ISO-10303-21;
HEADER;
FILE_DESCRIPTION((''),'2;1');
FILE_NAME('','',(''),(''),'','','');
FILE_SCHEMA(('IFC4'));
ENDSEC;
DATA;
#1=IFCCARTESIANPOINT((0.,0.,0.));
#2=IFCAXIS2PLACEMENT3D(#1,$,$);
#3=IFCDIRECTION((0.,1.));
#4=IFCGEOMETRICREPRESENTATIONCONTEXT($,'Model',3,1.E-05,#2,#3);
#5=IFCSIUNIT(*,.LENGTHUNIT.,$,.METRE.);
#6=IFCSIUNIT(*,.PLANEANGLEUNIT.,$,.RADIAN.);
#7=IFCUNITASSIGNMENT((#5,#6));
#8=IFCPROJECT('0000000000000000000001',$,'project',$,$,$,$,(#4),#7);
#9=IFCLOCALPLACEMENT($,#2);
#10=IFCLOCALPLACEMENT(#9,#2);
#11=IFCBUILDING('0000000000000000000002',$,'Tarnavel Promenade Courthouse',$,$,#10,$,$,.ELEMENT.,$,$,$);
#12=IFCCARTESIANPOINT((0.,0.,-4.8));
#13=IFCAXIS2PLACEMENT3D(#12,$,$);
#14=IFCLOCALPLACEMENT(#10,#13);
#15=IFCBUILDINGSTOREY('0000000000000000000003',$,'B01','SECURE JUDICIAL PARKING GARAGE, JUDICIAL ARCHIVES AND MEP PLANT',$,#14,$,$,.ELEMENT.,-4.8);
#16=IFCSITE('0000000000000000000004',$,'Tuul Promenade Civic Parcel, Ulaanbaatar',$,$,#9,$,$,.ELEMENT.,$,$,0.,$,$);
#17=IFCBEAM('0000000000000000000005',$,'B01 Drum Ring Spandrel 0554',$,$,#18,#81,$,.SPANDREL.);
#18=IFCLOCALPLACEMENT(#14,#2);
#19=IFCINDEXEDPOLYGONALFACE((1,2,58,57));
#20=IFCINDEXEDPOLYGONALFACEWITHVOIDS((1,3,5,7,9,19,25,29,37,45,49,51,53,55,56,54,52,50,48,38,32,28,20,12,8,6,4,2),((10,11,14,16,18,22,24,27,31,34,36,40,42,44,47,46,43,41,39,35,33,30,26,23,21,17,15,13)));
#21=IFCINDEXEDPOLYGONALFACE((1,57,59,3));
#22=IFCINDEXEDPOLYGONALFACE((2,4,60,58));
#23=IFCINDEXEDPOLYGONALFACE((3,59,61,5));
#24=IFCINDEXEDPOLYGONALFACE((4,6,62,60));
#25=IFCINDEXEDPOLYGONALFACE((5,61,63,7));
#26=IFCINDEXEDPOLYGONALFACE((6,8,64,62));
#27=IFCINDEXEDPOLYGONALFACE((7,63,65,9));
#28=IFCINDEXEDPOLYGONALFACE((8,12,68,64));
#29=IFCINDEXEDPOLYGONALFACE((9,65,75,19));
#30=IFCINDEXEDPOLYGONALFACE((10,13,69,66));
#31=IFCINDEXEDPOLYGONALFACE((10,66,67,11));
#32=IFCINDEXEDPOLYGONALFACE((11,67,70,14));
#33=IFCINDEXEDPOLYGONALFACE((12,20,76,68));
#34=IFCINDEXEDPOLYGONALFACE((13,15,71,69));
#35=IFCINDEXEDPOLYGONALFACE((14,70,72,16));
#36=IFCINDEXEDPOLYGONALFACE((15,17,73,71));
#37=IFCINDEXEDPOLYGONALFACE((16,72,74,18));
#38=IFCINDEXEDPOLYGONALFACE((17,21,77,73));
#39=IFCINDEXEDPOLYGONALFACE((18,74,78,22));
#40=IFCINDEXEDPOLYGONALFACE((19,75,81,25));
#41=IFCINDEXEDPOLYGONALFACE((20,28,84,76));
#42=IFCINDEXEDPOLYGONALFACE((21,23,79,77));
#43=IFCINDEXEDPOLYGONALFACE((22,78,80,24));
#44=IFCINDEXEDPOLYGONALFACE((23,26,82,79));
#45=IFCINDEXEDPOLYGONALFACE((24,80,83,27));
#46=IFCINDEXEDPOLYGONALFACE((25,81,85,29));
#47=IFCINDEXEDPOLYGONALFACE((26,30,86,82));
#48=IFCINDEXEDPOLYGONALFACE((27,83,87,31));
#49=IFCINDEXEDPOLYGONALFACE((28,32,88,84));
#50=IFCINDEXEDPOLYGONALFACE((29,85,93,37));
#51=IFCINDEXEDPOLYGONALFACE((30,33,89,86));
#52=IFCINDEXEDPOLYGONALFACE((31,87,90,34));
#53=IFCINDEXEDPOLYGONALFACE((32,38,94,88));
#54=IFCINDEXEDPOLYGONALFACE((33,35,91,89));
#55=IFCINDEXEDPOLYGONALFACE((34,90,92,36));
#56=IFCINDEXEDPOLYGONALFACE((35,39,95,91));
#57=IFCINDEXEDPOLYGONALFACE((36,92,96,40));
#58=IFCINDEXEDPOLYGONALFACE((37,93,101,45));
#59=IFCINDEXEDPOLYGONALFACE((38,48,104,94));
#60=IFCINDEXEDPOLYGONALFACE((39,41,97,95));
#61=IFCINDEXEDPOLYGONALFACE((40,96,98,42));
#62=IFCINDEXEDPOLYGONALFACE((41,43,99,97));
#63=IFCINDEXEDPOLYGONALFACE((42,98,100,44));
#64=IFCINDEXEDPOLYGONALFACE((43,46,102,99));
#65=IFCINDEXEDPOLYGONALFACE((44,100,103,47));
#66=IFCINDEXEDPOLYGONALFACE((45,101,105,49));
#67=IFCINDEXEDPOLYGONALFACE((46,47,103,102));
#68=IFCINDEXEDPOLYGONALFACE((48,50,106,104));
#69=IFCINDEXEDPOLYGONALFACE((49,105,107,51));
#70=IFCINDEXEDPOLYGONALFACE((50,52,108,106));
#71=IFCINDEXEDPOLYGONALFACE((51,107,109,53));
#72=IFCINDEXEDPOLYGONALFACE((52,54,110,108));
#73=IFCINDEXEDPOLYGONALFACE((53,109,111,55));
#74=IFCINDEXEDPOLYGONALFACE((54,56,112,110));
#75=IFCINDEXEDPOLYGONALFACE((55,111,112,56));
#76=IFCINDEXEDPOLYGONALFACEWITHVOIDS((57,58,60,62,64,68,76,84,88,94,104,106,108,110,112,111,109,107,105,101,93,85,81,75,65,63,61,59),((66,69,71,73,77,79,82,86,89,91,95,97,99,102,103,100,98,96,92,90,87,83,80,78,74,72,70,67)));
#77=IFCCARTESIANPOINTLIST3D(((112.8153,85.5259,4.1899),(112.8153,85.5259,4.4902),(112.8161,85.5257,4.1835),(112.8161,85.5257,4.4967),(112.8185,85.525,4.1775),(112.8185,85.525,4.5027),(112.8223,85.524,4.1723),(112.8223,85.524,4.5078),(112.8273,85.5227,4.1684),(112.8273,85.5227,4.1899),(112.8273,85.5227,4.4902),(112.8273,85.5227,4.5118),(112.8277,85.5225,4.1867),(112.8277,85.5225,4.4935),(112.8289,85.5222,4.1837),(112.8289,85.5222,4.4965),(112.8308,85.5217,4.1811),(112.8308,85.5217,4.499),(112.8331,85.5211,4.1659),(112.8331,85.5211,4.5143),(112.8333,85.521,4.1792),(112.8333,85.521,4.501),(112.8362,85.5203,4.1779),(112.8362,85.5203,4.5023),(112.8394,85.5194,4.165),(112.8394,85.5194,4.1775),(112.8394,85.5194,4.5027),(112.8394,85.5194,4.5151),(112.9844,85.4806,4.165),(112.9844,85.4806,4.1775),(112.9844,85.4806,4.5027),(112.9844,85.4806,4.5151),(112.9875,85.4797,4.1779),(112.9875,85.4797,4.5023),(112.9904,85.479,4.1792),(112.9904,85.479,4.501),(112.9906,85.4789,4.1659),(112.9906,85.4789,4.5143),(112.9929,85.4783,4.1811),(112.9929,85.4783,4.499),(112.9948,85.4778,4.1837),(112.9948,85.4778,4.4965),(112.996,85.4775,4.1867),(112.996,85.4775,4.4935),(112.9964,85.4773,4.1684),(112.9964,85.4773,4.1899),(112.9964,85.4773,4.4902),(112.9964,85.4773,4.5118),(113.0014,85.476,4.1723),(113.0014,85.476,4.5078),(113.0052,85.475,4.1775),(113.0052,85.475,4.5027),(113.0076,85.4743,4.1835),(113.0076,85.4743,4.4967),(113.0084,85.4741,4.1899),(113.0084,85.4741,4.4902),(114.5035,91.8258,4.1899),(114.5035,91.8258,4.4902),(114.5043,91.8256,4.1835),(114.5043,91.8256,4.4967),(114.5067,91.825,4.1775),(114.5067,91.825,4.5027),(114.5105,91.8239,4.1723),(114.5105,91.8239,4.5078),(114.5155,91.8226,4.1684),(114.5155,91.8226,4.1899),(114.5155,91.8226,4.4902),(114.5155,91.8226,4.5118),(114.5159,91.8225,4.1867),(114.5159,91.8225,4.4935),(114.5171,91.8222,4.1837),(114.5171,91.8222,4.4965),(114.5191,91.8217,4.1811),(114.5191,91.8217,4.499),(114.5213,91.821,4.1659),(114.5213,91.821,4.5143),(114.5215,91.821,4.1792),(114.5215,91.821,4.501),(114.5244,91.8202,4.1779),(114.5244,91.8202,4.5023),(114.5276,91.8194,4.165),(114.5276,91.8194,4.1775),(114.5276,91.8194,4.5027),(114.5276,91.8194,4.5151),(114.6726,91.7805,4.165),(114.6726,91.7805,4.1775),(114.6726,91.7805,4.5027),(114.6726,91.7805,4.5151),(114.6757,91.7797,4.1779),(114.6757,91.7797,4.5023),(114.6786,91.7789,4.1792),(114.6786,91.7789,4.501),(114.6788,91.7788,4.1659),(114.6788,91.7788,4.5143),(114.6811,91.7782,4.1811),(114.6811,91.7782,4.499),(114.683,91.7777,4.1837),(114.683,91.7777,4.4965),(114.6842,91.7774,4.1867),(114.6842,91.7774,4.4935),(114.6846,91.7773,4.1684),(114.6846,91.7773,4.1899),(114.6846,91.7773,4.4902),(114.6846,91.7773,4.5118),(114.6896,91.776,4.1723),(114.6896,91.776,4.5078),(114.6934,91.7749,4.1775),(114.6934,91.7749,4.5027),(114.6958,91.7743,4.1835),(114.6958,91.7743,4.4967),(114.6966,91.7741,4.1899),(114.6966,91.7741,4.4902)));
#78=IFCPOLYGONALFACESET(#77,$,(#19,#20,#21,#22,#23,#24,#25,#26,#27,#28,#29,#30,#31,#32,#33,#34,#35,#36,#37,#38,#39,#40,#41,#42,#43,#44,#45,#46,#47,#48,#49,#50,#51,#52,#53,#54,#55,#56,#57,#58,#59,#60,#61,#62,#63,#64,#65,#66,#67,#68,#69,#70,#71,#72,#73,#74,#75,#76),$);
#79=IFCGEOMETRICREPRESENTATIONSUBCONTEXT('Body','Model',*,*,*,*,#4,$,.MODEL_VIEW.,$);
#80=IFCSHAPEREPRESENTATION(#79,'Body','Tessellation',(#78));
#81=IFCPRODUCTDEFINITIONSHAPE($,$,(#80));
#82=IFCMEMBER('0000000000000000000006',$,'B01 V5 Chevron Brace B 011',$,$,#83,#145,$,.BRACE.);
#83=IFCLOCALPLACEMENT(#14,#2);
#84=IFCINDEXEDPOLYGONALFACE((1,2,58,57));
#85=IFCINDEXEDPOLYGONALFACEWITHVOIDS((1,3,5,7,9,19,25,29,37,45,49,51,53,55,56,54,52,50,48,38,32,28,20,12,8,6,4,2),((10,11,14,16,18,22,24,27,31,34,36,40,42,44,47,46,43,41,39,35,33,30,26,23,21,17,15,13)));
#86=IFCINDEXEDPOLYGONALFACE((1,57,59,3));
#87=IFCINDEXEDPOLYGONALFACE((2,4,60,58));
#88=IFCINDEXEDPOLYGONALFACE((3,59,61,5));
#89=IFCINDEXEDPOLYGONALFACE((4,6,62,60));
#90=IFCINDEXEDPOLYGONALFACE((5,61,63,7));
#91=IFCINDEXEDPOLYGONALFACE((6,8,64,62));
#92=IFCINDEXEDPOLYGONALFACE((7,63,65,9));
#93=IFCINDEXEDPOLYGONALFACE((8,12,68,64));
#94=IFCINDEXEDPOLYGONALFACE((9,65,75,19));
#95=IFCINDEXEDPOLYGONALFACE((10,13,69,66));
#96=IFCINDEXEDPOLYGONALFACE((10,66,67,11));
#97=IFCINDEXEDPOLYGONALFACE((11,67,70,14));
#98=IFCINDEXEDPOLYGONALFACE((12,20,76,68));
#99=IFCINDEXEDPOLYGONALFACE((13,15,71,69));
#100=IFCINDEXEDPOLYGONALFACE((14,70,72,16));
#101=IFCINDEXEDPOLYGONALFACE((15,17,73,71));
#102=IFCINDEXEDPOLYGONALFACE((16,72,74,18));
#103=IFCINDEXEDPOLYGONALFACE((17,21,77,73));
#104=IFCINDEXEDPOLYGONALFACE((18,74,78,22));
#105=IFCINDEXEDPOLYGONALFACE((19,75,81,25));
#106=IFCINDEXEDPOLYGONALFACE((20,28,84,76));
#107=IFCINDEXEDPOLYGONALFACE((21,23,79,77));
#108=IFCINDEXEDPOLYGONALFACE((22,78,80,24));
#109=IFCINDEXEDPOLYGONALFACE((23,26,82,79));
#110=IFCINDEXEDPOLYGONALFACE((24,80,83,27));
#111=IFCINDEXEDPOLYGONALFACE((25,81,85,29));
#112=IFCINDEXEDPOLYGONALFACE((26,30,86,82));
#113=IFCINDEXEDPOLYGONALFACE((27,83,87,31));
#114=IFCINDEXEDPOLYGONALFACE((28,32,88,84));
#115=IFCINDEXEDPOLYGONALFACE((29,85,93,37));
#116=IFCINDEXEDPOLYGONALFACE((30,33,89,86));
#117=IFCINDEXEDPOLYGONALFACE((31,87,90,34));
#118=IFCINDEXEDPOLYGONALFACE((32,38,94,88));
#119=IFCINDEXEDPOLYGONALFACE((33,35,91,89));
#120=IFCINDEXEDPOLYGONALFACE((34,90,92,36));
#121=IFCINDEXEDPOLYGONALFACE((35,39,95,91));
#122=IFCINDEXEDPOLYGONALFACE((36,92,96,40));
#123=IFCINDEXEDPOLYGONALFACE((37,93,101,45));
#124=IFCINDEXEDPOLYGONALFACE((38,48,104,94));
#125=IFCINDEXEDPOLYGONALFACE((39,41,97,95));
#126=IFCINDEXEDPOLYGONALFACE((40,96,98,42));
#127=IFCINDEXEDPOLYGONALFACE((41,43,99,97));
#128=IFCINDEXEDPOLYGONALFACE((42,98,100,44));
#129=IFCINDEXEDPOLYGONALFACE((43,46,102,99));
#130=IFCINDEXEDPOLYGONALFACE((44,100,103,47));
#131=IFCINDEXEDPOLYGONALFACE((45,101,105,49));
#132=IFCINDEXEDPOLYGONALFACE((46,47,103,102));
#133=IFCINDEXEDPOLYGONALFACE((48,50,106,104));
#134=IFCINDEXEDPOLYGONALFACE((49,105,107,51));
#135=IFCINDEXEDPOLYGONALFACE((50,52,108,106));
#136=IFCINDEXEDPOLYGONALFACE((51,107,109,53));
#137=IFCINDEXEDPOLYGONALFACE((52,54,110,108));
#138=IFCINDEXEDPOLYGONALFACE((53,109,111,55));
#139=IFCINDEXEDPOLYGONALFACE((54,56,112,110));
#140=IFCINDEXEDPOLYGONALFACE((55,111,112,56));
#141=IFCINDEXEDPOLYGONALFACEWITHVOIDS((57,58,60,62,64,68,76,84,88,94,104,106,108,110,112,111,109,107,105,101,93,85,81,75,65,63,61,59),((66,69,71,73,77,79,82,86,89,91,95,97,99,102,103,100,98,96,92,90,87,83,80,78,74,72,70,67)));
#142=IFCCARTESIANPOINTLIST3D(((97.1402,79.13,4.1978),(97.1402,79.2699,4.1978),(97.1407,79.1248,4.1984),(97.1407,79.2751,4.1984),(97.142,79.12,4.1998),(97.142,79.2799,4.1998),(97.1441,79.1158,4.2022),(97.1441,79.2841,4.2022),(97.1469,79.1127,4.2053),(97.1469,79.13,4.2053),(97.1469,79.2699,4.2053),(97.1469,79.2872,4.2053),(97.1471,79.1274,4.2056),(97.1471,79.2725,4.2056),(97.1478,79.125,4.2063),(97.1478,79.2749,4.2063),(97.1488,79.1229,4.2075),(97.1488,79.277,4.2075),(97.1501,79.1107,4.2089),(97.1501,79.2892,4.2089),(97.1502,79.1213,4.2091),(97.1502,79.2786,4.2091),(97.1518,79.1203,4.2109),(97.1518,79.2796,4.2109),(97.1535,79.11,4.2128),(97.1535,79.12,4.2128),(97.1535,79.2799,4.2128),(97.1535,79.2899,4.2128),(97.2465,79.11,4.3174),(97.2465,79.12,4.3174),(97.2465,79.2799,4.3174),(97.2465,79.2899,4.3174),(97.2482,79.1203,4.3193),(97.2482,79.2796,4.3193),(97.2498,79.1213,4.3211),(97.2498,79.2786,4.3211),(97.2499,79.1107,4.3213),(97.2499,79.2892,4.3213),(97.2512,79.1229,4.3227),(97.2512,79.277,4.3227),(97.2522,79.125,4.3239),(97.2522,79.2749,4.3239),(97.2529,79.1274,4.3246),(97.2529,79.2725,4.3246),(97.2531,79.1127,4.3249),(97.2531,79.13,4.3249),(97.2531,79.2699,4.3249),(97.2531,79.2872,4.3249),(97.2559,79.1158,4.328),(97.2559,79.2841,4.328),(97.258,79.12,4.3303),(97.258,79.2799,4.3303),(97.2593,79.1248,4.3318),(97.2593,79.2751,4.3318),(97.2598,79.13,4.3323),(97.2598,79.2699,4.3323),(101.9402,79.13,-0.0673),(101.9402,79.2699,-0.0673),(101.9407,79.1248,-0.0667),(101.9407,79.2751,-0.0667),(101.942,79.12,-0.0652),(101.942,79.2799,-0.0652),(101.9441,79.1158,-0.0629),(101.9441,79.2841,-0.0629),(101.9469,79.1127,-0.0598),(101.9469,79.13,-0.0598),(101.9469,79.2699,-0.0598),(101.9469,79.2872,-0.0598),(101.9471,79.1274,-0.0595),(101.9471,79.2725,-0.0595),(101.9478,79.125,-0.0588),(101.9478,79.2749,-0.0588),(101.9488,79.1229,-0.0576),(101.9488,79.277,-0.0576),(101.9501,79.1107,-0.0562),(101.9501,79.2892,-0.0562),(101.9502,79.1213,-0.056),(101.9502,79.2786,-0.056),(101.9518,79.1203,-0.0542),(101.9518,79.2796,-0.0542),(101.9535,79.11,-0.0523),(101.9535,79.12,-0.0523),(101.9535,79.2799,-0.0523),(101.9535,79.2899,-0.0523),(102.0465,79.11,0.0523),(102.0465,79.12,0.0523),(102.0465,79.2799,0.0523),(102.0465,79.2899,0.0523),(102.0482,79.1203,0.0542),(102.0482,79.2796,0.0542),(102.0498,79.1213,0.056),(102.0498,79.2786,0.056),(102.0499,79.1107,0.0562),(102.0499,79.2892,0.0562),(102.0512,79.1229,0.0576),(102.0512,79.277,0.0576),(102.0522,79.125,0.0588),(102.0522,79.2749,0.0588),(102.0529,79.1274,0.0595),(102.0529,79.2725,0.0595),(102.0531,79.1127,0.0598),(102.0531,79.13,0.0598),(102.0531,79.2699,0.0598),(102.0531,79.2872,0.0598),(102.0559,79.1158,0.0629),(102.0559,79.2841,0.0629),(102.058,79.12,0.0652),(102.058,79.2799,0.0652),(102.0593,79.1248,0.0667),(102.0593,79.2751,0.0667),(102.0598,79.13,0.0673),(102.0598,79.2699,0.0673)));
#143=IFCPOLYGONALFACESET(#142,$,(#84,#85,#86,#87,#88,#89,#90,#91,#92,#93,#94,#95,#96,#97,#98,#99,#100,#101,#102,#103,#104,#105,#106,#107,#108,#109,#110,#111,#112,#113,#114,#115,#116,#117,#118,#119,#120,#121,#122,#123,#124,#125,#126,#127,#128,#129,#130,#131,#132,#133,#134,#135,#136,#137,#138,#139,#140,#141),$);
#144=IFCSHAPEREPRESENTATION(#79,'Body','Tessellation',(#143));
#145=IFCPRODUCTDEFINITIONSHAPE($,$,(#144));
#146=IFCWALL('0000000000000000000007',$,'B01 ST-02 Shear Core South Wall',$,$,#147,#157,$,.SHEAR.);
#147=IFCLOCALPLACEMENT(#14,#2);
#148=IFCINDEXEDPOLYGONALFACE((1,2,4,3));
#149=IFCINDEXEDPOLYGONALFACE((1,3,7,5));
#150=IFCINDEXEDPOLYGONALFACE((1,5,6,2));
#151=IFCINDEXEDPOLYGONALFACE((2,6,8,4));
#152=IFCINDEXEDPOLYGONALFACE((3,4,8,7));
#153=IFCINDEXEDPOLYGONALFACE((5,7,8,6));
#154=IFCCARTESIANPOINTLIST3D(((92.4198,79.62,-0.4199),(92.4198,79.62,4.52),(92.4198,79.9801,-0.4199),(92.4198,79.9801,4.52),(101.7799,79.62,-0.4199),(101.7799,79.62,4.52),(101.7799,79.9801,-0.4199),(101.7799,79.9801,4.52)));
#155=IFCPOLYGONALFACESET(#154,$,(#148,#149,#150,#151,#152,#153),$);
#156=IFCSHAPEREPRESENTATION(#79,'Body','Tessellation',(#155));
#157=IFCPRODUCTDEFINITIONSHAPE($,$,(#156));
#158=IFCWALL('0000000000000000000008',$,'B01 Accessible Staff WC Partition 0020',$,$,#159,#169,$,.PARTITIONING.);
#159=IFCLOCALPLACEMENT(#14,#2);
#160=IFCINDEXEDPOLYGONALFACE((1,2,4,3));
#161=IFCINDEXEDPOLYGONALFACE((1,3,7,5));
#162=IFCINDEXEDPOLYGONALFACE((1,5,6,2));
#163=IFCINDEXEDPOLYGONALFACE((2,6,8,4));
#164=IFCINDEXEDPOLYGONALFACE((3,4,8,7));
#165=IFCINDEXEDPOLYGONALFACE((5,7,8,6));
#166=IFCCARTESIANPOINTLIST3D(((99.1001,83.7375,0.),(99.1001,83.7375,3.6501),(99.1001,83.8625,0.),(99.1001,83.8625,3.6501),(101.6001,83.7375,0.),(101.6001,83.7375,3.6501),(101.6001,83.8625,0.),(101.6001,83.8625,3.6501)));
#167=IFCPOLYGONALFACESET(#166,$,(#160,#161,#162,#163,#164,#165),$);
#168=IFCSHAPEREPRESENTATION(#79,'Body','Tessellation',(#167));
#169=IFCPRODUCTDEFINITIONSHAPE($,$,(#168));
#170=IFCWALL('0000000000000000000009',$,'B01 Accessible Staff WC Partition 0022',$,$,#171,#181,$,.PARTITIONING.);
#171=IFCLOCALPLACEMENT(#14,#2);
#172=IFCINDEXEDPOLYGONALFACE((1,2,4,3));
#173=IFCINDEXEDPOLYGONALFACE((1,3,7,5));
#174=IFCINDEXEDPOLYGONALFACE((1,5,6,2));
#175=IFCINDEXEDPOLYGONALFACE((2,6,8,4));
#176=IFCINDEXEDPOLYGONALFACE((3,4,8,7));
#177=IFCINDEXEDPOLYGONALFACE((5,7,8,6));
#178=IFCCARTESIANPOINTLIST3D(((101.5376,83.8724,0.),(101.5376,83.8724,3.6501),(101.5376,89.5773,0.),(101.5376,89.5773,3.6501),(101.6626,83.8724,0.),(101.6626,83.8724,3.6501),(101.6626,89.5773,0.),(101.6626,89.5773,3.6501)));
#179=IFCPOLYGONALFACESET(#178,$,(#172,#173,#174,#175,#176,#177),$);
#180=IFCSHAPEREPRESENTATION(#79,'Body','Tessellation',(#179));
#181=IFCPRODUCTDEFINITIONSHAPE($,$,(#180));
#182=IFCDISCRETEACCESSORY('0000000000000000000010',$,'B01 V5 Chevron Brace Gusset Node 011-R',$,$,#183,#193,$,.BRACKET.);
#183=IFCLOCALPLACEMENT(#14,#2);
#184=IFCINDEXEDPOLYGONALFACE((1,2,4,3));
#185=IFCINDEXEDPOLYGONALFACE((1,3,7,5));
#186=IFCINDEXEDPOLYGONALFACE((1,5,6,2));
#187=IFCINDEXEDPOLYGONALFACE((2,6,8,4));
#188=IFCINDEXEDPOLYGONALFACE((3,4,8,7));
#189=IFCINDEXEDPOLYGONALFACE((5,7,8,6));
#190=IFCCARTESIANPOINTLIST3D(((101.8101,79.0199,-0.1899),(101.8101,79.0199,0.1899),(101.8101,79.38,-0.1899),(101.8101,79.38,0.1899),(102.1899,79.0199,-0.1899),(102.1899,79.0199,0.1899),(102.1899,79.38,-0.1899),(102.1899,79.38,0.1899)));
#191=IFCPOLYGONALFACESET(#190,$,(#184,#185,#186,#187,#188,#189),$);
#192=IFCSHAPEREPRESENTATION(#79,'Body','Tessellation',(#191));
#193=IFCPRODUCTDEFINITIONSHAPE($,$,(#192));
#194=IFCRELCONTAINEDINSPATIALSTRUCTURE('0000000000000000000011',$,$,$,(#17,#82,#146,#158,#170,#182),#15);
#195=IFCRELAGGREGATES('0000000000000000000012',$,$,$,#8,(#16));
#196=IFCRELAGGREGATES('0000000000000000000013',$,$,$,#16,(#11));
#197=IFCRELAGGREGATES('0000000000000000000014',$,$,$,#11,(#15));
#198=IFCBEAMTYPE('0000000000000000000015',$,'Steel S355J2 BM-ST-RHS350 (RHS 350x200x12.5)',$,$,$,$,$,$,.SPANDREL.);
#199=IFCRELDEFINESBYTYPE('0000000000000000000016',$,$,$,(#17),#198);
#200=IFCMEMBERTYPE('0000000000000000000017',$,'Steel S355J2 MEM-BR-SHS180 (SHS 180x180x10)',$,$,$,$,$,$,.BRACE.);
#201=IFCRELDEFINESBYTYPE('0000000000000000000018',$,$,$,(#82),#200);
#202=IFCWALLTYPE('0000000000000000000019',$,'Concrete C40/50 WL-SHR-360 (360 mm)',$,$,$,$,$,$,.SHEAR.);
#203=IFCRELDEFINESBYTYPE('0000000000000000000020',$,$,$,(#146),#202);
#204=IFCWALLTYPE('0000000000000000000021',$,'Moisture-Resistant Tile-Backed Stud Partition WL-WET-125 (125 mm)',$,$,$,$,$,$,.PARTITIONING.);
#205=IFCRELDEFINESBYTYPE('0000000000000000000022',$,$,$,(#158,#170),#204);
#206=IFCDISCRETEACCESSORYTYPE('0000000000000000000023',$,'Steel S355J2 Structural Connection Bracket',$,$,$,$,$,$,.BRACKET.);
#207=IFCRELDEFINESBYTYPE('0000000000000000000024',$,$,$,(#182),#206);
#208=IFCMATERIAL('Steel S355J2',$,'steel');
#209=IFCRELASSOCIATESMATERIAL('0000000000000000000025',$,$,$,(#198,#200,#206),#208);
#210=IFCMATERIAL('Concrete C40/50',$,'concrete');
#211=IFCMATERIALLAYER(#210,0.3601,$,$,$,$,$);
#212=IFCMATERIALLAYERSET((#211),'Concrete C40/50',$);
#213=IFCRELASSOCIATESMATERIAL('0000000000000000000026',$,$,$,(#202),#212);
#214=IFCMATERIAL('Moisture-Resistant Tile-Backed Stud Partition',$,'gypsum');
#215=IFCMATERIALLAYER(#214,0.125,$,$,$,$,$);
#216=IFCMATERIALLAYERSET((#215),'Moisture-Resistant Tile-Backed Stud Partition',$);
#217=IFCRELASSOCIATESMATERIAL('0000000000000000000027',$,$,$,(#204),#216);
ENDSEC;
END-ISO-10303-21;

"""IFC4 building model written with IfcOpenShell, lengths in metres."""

from ifc_helpers import new_model, si_unit, direction, frame, frame_2d, origin, origin_2d, place, context, subcontext, project, spatial, rectangle, hollow_rectangle, extrude, material, layer, layer_set, material_profile, profile_set, type_object, element, save


model = new_model("IFC4")

# Units and contexts
model_context = context("Model", 3, precision=1e-05, world=origin(), true_north=direction((0.0, 1.0)))
body_context = subcontext(model_context, "Body", "Model", "MODEL_VIEW")
ifc_project = project(units=[si_unit("LENGTHUNIT", "METRE"), si_unit("PLANEANGLEUNIT", "RADIAN")], contexts=[model_context])

# Site, building, storey
site_placement = place(None, origin())
site = spatial("IfcSite", under=ifc_project, at=site_placement, Name="Tuul Promenade Civic Parcel, Ulaanbaatar", CompositionType="ELEMENT", RefElevation=0.0)
building_placement = place(site_placement, origin())
building = spatial("IfcBuilding", under=site, at=building_placement, Name="Tarnavel Promenade Courthouse", CompositionType="ELEMENT")
storey_placement = place(building_placement, frame((0.0, 0.0, -4.8)))
storey = spatial("IfcBuildingStorey", under=building, at=storey_placement, Name="B01", Description="SECURE JUDICIAL PARKING GARAGE, JUDICIAL ARCHIVES AND MEP PLANT", CompositionType="ELEMENT", Elevation=-4.8)

# Shared definitions
ifc_material_1 = material(Name="Concrete C40/50", Category="concrete")

# Beam
ifc_material_2 = material(Name="Steel S355J2", Category="steel")
ifc_material_profile_1 = material_profile(ifc_material_2, hollow_rectangle(XDim=0.2, YDim=0.3501, WallThickness=0.0125, InnerFilletRadius=0.0125, OuterFilletRadius=0.0249, at=origin_2d()), Name="RHS 350x200x12.5")
ifc_profile_set_1 = profile_set([ifc_material_profile_1], Name="Steel S355J2")
beam_type_1 = type_object("IfcBeamType", Name="Steel S355J2 BM-ST-RHS350 (RHS 350x200x12.5)", PredefinedType="SPANDREL", material=ifc_profile_set_1)
beam_1_placement = place(storey_placement, frame((112.9119, 85.5, 4.3401), z_axis=(0.258839, 0.96592, 0.0), x_axis=(-0.96592, 0.258839, 0.0)))
element("IfcBeam", 1, at=beam_1_placement, inside=storey, type_object=beam_type_1, Name="B01 Drum Ring Spandrel 0554", PredefinedType="SPANDREL", context=body_context, shape_type="SweptSolid", body=[
    extrude(hollow_rectangle(XDim=0.2, YDim=0.3501, WallThickness=0.0125, InnerFilletRadius=0.0125, OuterFilletRadius=0.0249, at=origin_2d()), origin(), (0.0, 0.0, 1.0), 6.5222),
])

# Member
ifc_material_profile_2 = material_profile(ifc_material_2, hollow_rectangle(XDim=0.1799, YDim=0.1799, WallThickness=0.01, InnerFilletRadius=0.01, OuterFilletRadius=0.02, at=origin_2d()), Name="SHS 180x180x10")
ifc_profile_set_2 = profile_set([ifc_material_profile_2], Name="Steel S355J2")
member_type = type_object("IfcMemberType", Name="Steel S355J2 MEM-BR-SHS180 (SHS 180x180x10)", PredefinedType="BRACE", material=ifc_profile_set_2)
member_placement = place(storey_placement, frame((102.0, 79.2, 0.0), z_axis=(-0.747531, 0.0, 0.664227), x_axis=(0.0, -1.0, 0.0)))
element("IfcMember", 2, at=member_placement, inside=storey, type_object=member_type, Name="B01 V5 Chevron Brace B 011", PredefinedType="BRACE", context=body_context, shape_type="SweptSolid", body=[
    extrude(hollow_rectangle(XDim=0.1799, YDim=0.1799, WallThickness=0.01, InnerFilletRadius=0.01, OuterFilletRadius=0.02, at=origin_2d()), origin(), (0.0, 0.0, 1.0), 6.4211),
])

# Walls
ifc_layer_1 = layer(ifc_material_1, 0.3601)
ifc_layer_set_1 = layer_set([ifc_layer_1], Name="Concrete C40/50")
wall_type_1 = type_object("IfcWallType", Name="Concrete C40/50 WL-SHR-360 (360 mm)", PredefinedType="SHEAR", material=ifc_layer_set_1)
wall_1_placement = place(storey_placement, frame((101.78, 79.8, -0.4199), z_axis=(0.0, 0.0, 1.0), x_axis=(-1.0, 0.0, 0.0)))
element("IfcWall", 3, at=wall_1_placement, inside=storey, type_object=wall_type_1, Name="B01 ST-02 Shear Core South Wall", PredefinedType="SHEAR", context=body_context, shape_type="SweptSolid", body=[
    extrude(rectangle(XDim=9.3601, YDim=0.3601, at=frame_2d((4.6802, 0.0))), origin(), (0.0, 0.0, 1.0), 4.9399),
])
ifc_material_3 = material(Name="Moisture-Resistant Tile-Backed Stud Partition", Category="gypsum")
ifc_layer_2 = layer(ifc_material_3, 0.125)
ifc_layer_set_2 = layer_set([ifc_layer_2], Name="Moisture-Resistant Tile-Backed Stud Partition")
wall_type_2 = type_object("IfcWallType", Name="Moisture-Resistant Tile-Backed Stud Partition WL-WET-125 (125 mm)", PredefinedType="PARTITIONING", material=ifc_layer_set_2)
wall_2_placement = place(storey_placement, frame((101.6001, 83.8, 0.0), z_axis=(0.0, 0.0, 1.0), x_axis=(-1.0, 0.0, 0.0)))
element("IfcWall", 4, at=wall_2_placement, inside=storey, type_object=wall_type_2, Name="B01 Accessible Staff WC Partition 0020", PredefinedType="PARTITIONING", context=body_context, shape_type="SweptSolid", body=[
    extrude(rectangle(XDim=2.5, YDim=0.125, at=frame_2d((1.25, 0.0))), origin(), (0.0, 0.0, 1.0), 3.6501),
])
wall_3_placement = place(storey_placement, frame((101.6001, 89.5774, 0.0), z_axis=(0.0, 0.0, 1.0), x_axis=(0.0, -1.0, 0.0)))
element("IfcWall", 5, at=wall_3_placement, inside=storey, type_object=wall_type_2, Name="B01 Accessible Staff WC Partition 0022", PredefinedType="PARTITIONING", context=body_context, shape_type="SweptSolid", body=[
    extrude(rectangle(XDim=5.7048, YDim=0.125, at=frame_2d((2.8525, 0.0))), origin(), (0.0, 0.0, 1.0), 3.6501),
])

# Discrete accessory
discrete_accessory_type = type_object("IfcDiscreteAccessoryType", Name="Steel S355J2 Structural Connection Bracket", PredefinedType="BRACKET", material=ifc_material_2)
discrete_accessory_placement = place(storey_placement, frame((102.0, 79.2, -0.1899), z_axis=(0.0, 0.0, 1.0), x_axis=(1.0, 0.0, 0.0)))
element("IfcDiscreteAccessory", 6, at=discrete_accessory_placement, inside=storey, type_object=discrete_accessory_type, Name="B01 V5 Chevron Brace Gusset Node 011-R", PredefinedType="BRACKET", context=body_context, shape_type="SweptSolid", body=[
    extrude(rectangle(XDim=0.3799, YDim=0.3601, at=origin_2d()), origin(), (0.0, 0.0, 1.0), 0.3799),
])

save(model, "model.ifc")
